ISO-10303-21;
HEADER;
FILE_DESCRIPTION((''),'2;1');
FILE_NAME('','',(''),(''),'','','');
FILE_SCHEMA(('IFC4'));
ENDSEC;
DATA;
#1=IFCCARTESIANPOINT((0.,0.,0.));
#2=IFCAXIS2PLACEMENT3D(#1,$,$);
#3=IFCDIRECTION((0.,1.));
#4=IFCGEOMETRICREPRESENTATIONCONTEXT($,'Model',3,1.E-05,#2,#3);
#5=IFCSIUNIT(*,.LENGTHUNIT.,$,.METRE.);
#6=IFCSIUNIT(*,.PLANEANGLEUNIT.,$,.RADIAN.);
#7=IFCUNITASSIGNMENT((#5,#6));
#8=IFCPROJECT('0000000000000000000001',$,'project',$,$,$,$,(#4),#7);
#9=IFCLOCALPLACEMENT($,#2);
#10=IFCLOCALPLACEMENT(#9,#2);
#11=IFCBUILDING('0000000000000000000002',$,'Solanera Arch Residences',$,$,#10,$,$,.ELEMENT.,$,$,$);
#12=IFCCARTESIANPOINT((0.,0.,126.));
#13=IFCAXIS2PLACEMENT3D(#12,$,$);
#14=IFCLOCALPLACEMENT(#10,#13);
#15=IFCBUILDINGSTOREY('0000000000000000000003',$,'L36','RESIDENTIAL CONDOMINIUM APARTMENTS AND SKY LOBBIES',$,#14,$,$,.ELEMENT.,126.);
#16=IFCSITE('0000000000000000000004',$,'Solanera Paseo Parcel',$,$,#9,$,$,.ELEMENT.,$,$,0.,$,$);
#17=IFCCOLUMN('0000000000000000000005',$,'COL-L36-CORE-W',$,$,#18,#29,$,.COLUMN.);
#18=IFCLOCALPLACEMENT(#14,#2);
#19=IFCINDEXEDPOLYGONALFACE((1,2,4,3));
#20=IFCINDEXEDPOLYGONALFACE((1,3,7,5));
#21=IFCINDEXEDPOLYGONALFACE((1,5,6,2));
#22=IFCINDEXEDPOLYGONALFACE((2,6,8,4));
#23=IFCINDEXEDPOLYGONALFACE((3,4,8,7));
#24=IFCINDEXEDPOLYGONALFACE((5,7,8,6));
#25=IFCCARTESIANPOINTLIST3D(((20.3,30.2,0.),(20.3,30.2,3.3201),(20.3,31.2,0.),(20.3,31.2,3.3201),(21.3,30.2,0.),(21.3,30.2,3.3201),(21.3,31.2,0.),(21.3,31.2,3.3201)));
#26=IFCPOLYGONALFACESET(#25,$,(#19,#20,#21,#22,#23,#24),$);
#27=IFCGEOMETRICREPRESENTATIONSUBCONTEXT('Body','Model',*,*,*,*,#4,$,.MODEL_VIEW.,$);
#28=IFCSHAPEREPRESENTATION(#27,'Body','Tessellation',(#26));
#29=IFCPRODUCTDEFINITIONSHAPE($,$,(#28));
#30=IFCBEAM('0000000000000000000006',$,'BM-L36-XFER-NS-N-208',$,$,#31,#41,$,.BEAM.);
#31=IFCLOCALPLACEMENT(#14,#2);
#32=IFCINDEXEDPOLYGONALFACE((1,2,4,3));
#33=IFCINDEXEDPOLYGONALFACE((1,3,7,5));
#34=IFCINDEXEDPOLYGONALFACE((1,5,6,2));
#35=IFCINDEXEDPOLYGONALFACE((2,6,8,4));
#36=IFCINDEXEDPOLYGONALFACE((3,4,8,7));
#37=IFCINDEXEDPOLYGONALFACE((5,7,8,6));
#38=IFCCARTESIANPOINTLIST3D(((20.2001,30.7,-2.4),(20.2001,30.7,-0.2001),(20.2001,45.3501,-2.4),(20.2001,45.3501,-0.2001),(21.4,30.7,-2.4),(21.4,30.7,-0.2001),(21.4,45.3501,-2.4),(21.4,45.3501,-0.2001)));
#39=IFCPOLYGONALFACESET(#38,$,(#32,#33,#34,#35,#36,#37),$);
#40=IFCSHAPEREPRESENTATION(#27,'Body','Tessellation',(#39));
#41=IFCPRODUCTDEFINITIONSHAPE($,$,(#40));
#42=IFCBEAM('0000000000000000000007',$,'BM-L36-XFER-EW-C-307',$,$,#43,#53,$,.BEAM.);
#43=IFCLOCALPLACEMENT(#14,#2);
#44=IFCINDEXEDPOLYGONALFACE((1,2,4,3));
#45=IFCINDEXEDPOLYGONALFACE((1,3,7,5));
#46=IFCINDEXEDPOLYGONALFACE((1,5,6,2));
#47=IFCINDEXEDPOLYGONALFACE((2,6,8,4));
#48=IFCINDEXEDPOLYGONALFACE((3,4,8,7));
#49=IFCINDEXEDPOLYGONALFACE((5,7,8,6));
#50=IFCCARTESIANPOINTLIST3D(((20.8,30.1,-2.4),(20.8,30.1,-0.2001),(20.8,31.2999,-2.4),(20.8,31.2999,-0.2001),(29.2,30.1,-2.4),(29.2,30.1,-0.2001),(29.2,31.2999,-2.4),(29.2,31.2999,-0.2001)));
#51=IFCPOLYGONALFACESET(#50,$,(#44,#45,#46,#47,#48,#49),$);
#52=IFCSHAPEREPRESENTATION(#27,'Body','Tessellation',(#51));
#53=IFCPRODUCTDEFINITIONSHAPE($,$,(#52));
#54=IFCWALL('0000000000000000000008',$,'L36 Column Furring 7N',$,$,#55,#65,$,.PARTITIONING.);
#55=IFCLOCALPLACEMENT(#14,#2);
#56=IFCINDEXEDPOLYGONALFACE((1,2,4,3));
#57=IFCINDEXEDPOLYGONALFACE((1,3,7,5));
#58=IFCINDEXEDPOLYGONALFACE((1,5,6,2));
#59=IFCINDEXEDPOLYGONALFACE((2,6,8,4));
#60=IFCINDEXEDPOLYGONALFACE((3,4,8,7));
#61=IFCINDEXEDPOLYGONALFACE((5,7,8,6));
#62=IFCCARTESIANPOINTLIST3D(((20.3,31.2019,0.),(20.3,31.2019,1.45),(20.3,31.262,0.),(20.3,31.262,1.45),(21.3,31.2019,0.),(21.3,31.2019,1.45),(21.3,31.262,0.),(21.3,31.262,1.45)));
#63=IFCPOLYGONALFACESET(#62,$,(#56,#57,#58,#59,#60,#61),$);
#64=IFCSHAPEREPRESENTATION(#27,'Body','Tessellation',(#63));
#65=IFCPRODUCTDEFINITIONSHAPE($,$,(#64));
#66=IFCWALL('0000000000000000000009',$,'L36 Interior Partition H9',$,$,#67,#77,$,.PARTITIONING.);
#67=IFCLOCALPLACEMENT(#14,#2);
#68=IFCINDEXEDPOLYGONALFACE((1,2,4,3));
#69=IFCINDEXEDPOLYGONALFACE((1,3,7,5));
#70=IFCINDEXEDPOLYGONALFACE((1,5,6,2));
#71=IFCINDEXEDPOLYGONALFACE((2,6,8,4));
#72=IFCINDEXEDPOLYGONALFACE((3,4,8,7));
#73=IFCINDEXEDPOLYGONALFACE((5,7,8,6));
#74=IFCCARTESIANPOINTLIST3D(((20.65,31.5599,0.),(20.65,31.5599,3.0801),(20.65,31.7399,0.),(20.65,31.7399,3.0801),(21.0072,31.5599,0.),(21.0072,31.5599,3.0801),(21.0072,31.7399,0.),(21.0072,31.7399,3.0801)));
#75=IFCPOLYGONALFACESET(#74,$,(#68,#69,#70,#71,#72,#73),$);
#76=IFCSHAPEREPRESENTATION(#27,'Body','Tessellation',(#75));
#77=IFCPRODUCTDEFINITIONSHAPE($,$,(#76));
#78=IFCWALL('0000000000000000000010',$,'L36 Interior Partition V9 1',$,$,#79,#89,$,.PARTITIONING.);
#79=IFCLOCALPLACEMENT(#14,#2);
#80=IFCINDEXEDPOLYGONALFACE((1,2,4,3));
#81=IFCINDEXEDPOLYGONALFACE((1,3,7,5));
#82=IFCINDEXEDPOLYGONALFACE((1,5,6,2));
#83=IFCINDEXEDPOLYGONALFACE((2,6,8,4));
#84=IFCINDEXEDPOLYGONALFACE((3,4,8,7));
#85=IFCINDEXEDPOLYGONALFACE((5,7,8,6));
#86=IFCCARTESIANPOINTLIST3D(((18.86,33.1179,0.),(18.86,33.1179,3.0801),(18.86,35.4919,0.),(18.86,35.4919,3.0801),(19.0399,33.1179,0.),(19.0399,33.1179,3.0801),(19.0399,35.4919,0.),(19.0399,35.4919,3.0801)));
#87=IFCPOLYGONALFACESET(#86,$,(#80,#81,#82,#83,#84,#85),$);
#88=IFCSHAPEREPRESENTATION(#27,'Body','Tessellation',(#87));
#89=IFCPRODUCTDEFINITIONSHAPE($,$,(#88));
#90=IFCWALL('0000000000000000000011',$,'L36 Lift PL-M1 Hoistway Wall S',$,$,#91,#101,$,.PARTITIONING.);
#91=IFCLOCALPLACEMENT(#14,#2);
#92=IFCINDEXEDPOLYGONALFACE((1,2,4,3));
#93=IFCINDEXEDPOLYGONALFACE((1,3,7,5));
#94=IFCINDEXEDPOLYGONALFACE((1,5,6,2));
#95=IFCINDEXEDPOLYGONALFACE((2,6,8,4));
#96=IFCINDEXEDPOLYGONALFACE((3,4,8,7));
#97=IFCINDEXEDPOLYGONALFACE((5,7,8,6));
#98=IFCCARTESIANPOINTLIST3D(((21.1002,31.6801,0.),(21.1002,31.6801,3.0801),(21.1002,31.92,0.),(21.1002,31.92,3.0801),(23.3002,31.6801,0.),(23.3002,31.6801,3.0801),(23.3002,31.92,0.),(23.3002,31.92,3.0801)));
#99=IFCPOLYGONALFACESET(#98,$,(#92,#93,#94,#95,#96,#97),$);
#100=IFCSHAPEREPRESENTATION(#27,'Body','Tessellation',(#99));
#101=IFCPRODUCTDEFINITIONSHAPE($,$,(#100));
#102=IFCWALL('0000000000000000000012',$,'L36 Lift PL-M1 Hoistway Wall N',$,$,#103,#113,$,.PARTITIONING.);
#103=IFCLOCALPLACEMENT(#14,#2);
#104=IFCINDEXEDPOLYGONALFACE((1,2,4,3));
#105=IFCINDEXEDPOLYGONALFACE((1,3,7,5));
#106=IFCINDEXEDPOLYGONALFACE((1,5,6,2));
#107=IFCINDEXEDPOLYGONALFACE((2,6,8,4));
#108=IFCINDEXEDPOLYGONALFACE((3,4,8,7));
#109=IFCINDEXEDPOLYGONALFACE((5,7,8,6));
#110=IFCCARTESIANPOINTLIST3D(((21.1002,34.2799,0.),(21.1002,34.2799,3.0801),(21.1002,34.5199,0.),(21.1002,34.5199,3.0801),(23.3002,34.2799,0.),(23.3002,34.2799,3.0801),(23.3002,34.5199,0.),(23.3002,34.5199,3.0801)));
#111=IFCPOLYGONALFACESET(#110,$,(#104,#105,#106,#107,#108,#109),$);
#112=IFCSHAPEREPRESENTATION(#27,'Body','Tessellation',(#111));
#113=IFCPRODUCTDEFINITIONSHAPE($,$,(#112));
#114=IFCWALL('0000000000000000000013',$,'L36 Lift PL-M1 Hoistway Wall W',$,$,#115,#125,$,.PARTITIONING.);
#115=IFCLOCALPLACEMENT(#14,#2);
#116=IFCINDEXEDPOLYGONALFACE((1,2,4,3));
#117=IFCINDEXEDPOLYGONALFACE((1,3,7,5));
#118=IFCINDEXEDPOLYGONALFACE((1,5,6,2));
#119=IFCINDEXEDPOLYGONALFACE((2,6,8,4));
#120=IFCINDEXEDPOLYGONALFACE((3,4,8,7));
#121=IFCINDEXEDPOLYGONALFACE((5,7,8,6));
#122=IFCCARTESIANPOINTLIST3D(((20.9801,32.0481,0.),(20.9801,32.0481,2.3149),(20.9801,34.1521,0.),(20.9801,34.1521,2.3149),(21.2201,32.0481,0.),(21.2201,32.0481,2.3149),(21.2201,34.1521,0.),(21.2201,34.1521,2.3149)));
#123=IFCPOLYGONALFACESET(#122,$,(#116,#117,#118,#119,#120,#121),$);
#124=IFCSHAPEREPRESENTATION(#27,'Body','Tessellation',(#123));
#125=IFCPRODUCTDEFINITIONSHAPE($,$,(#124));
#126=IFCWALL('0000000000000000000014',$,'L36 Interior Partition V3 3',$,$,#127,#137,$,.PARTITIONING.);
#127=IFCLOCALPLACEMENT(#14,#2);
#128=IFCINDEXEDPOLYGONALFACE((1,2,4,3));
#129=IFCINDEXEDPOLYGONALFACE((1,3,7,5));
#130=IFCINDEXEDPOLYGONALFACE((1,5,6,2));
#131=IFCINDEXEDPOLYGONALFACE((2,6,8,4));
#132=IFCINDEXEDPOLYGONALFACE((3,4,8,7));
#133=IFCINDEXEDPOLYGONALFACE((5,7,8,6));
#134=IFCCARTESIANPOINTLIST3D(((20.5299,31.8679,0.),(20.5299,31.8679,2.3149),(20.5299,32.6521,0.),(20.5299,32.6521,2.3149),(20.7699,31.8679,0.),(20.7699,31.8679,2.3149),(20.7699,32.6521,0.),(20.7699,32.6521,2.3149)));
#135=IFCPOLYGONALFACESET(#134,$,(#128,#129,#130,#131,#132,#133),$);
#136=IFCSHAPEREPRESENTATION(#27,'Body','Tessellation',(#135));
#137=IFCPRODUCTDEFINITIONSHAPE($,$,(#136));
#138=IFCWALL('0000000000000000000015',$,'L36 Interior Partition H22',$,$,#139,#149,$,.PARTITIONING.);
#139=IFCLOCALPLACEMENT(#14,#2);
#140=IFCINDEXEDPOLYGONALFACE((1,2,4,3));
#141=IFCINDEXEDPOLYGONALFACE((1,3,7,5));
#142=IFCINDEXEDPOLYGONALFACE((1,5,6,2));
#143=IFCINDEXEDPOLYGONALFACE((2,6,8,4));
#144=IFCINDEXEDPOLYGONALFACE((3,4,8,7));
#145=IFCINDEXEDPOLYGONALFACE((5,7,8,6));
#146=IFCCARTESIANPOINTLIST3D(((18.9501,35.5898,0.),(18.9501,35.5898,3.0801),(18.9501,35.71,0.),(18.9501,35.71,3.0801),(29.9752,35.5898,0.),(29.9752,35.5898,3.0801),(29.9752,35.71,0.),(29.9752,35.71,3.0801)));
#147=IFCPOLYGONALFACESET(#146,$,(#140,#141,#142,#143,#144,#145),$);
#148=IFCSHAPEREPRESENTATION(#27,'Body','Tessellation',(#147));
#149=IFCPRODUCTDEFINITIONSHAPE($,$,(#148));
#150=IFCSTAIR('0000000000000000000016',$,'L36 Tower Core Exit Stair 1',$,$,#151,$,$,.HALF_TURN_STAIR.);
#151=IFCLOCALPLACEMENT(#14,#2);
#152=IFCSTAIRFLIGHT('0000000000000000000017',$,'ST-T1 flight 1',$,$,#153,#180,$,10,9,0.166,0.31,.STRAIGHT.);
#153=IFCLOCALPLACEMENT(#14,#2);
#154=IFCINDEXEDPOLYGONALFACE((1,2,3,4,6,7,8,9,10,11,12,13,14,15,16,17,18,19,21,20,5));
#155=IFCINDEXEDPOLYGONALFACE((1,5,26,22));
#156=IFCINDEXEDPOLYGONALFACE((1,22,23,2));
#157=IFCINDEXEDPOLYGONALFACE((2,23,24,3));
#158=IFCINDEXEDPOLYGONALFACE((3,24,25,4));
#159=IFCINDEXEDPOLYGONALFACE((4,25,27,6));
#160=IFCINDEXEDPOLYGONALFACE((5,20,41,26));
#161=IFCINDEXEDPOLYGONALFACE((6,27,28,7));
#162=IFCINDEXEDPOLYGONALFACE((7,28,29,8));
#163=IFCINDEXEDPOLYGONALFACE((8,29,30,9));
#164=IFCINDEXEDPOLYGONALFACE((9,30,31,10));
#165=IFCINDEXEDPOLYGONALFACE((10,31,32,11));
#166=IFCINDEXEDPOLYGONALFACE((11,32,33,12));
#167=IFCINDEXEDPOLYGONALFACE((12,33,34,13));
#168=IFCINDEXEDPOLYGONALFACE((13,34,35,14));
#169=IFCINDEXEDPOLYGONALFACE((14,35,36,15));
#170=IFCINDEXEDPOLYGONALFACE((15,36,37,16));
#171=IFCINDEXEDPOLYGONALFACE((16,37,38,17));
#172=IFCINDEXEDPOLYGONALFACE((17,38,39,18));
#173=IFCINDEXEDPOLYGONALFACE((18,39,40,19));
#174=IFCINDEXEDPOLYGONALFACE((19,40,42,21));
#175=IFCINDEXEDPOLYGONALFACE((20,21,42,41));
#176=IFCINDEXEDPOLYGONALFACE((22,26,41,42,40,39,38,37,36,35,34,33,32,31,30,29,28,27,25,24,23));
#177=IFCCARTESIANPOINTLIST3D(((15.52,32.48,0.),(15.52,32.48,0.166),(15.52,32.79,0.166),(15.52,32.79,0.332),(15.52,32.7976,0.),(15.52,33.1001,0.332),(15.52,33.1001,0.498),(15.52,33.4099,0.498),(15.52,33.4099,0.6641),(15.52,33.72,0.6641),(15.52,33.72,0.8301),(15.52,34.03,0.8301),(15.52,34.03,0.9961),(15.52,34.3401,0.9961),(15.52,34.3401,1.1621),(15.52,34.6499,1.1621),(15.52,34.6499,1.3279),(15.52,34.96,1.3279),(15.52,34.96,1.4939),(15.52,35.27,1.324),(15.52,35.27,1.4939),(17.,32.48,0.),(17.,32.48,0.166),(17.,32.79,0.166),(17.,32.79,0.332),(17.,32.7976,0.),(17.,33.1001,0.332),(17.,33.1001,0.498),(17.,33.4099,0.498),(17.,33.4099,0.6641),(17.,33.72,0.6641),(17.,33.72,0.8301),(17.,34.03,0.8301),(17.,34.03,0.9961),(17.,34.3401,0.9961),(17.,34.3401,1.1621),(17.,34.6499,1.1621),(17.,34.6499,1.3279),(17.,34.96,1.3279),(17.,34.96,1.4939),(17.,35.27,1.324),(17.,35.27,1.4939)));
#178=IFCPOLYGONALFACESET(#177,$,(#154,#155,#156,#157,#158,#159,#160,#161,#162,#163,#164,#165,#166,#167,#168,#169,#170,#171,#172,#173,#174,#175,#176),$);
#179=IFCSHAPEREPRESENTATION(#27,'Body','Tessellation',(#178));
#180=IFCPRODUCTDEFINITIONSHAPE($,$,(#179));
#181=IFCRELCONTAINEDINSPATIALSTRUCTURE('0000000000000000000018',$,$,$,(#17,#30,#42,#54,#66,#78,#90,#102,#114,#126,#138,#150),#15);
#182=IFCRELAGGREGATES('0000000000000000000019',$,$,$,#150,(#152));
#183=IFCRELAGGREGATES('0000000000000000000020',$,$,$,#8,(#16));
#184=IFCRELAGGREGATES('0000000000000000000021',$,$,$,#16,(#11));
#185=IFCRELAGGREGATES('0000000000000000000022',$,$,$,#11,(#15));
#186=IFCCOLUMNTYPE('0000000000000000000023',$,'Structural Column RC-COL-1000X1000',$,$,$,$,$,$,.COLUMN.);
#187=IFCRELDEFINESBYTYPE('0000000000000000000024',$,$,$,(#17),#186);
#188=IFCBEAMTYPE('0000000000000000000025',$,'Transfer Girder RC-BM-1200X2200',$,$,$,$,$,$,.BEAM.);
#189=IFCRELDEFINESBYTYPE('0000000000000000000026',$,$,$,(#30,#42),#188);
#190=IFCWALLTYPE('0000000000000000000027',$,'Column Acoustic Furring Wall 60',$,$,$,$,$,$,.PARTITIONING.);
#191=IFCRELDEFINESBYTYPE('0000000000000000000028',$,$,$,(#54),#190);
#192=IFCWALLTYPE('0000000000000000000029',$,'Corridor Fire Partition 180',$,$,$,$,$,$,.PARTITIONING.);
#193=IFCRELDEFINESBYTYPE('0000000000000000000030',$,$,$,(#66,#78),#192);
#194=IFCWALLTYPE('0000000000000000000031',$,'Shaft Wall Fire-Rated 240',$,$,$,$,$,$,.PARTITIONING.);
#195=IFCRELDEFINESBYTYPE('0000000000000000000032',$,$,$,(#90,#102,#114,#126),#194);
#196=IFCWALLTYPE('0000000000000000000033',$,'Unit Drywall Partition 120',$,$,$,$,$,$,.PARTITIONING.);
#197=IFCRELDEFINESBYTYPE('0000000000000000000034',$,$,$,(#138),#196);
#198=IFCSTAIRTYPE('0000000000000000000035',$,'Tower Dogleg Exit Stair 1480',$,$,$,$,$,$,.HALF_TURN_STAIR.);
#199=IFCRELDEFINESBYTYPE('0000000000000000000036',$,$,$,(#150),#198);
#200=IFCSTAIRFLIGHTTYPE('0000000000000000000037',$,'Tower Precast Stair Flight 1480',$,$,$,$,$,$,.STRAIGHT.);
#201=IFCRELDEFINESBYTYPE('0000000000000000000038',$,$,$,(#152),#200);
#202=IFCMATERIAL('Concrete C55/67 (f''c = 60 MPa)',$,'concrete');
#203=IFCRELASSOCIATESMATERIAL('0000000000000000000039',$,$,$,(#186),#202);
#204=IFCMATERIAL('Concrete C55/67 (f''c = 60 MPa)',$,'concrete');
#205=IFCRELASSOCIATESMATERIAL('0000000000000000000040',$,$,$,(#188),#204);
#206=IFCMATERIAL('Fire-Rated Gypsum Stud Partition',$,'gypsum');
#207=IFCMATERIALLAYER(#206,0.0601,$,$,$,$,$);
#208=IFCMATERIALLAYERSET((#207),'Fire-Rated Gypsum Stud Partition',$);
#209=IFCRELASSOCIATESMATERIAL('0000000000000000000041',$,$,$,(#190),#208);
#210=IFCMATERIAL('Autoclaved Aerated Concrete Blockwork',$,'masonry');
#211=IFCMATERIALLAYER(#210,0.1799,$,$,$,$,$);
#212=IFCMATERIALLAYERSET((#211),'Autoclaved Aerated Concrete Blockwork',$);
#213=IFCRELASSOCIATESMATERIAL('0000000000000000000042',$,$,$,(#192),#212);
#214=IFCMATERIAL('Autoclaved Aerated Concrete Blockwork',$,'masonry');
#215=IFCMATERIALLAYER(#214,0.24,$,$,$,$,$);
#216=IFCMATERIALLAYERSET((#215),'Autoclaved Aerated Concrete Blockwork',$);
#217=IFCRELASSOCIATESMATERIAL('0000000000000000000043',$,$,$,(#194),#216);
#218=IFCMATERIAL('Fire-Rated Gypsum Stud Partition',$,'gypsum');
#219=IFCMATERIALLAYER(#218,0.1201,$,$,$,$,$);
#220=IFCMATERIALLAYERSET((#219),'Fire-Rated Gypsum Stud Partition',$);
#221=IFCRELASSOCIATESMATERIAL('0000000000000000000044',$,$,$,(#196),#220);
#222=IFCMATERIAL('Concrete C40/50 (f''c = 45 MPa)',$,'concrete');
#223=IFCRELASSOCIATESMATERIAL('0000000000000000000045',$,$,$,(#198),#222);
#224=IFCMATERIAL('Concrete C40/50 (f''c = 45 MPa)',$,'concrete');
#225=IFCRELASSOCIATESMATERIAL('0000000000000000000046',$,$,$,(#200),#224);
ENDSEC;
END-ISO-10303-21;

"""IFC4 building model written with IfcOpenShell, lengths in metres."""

from ifc_helpers import new_model, si_unit, direction, frame, frame_2d, origin, origin_2d, place, context, subcontext, project, spatial, polyline, rectangle, outline, extrude, material, layer, layer_set, material_profile, profile_set, type_object, element, aggregate, save


model = new_model("IFC4")

# Units and contexts
model_context = context("Model", 3, precision=1e-05, world=origin(), true_north=direction((0.0, 1.0)))
body_context = subcontext(model_context, "Body", "Model", "MODEL_VIEW")
ifc_project = project(units=[si_unit("LENGTHUNIT", "METRE"), si_unit("PLANEANGLEUNIT", "RADIAN")], contexts=[model_context])

# Site, building, storey
site_placement = place(None, origin())
site = spatial("IfcSite", under=ifc_project, at=site_placement, Name="Solanera Paseo Parcel", CompositionType="ELEMENT", RefElevation=0.0)
building_placement = place(site_placement, origin())
building = spatial("IfcBuilding", under=site, at=building_placement, Name="Solanera Arch Residences", CompositionType="ELEMENT")
storey_placement = place(building_placement, frame((0.0, 0.0, 126.0)))
storey = spatial("IfcBuildingStorey", under=building, at=storey_placement, Name="L36", Description="RESIDENTIAL CONDOMINIUM APARTMENTS AND SKY LOBBIES", CompositionType="ELEMENT", Elevation=126.0)

# Column
ifc_material_1 = material(Name="Concrete C55/67 (f'c = 60 MPa)", Category="concrete")
ifc_material_profile_1 = material_profile(ifc_material_1, rectangle(XDim=1.0, YDim=1.0, at=origin_2d()))
ifc_profile_set_1 = profile_set([ifc_material_profile_1], Name="Concrete C55/67 (f'c = 60 MPa)")
column_type = type_object("IfcColumnType", Name="Structural Column RC-COL-1000X1000", PredefinedType="COLUMN", material=ifc_profile_set_1)
column_placement = place(storey_placement, frame((20.8, 30.7, 0.0), z_axis=(0.0, 0.0, 1.0), x_axis=(1.0, 0.0, 0.0)))
element("IfcColumn", 1, at=column_placement, inside=storey, type_object=column_type, Name="COL-L36-CORE-W", PredefinedType="COLUMN", context=body_context, shape_type="SweptSolid", body=[
    extrude(rectangle(XDim=1.0, YDim=1.0, at=origin_2d()), origin(), (0.0, 0.0, 1.0), 3.3201),
])

# Beams
ifc_material_2 = material(Name="Concrete C55/67 (f'c = 60 MPa)", Category="concrete")
ifc_material_profile_2 = material_profile(ifc_material_2, rectangle(XDim=1.2, YDim=2.2, at=origin_2d()))
ifc_profile_set_2 = profile_set([ifc_material_profile_2], Name="Concrete C55/67 (f'c = 60 MPa)")
beam_type = type_object("IfcBeamType", Name="Transfer Girder RC-BM-1200X2200", PredefinedType="BEAM", material=ifc_profile_set_2)
beam_1_placement = place(storey_placement, frame((20.8, 30.7, -1.3), z_axis=(0.0, 1.0, 0.0), x_axis=(-1.0, 0.0, 0.0)))
element("IfcBeam", 2, at=beam_1_placement, inside=storey, type_object=beam_type, Name="BM-L36-XFER-NS-N-208", PredefinedType="BEAM", context=body_context, shape_type="SweptSolid", body=[
    extrude(rectangle(XDim=1.2, YDim=2.2, at=origin_2d()), origin(), (0.0, 0.0, 1.0), 14.6501),
])
beam_2_placement = place(storey_placement, frame((20.8, 30.7, -1.3), z_axis=(1.0, 0.0, 0.0), x_axis=(0.0, 1.0, 0.0)))
element("IfcBeam", 3, at=beam_2_placement, inside=storey, type_object=beam_type, Name="BM-L36-XFER-EW-C-307", PredefinedType="BEAM", context=body_context, shape_type="SweptSolid", body=[
    extrude(rectangle(XDim=1.2, YDim=2.2, at=origin_2d()), origin(), (0.0, 0.0, 1.0), 8.3999),
])

# Wall
ifc_material_3 = material(Name="Fire-Rated Gypsum Stud Partition", Category="gypsum")
ifc_layer_1 = layer(ifc_material_3, 0.0601)
ifc_layer_set_1 = layer_set([ifc_layer_1], Name="Fire-Rated Gypsum Stud Partition")
wall_type_1 = type_object("IfcWallType", Name="Column Acoustic Furring Wall 60", PredefinedType="PARTITIONING", material=ifc_layer_set_1)
wall_1_placement = place(storey_placement, frame((20.3, 31.2319, 0.0), z_axis=(0.0, 0.0, 1.0), x_axis=(1.0, 0.0, 0.0)))
element("IfcWall", 4, at=wall_1_placement, inside=storey, type_object=wall_type_1, Name="L36 Column Furring 7N", PredefinedType="PARTITIONING", context=body_context, shape_type="SweptSolid", body=[
    extrude(rectangle(XDim=1.0, YDim=0.0601, at=frame_2d((0.5, 0.0))), origin(), (0.0, 0.0, 1.0), 1.45),
])

# Walls
ifc_material_4 = material(Name="Autoclaved Aerated Concrete Blockwork", Category="masonry")
ifc_layer_2 = layer(ifc_material_4, 0.1799)
ifc_layer_set_2 = layer_set([ifc_layer_2], Name="Autoclaved Aerated Concrete Blockwork")
wall_type_2 = type_object("IfcWallType", Name="Corridor Fire Partition 180", PredefinedType="PARTITIONING", material=ifc_layer_set_2)
wall_2_placement = place(storey_placement, frame((20.6499, 31.6499, 0.0), z_axis=(0.0, 0.0, 1.0), x_axis=(1.0, 0.0, 0.0)))
element("IfcWall", 5, at=wall_2_placement, inside=storey, type_object=wall_type_2, Name="L36 Interior Partition H9", PredefinedType="PARTITIONING", context=body_context, shape_type="SweptSolid", body=[
    extrude(rectangle(XDim=0.3572, YDim=0.1799, at=frame_2d((0.1787, 0.0))), origin(), (0.0, 0.0, 1.0), 3.0801),
])
wall_3_placement = place(storey_placement, frame((18.95, 33.1179, 0.0), z_axis=(0.0, 0.0, 1.0), x_axis=(0.0, 1.0, 0.0)))
element("IfcWall", 6, at=wall_3_placement, inside=storey, type_object=wall_type_2, Name="L36 Interior Partition V9 1", PredefinedType="PARTITIONING", context=body_context, shape_type="SweptSolid", body=[
    extrude(rectangle(XDim=2.374, YDim=0.1799, at=frame_2d((1.187, 0.0))), origin(), (0.0, 0.0, 1.0), 3.0801),
])
ifc_material_5 = material(Name="Autoclaved Aerated Concrete Blockwork", Category="masonry")
ifc_layer_3 = layer(ifc_material_5, 0.24)
ifc_layer_set_3 = layer_set([ifc_layer_3], Name="Autoclaved Aerated Concrete Blockwork")
wall_type_3 = type_object("IfcWallType", Name="Shaft Wall Fire-Rated 240", PredefinedType="PARTITIONING", material=ifc_layer_set_3)
for number, where, z_axis, x_axis, name in (
    (7, (21.1001, 31.8, 0.0), (0.0, 0.0, 1.0), (1.0, 0.0, 0.0), "L36 Lift PL-M1 Hoistway Wall S"),
    (8, (21.1001, 34.3999, 0.0), (0.0, 0.0, 1.0), (1.0, 0.0, 0.0), "L36 Lift PL-M1 Hoistway Wall N"),
):
    element("IfcWall", number, at=place(storey_placement, frame(where, z_axis=z_axis, x_axis=x_axis)), inside=storey, type_object=wall_type_3, Name=name, PredefinedType="PARTITIONING", context=body_context, shape_type="SweptSolid", body=[
        extrude(rectangle(XDim=2.2, YDim=0.24, at=frame_2d((1.1001, 0.0))), origin(), (0.0, 0.0, 1.0), 3.0801),
    ])
wall_4_placement = place(storey_placement, frame((21.1001, 32.0481, 0.0), z_axis=(0.0, 0.0, 1.0), x_axis=(0.0, 1.0, 0.0)))
element("IfcWall", 9, at=wall_4_placement, inside=storey, type_object=wall_type_3, Name="L36 Lift PL-M1 Hoistway Wall W", PredefinedType="PARTITIONING", context=body_context, shape_type="SweptSolid", body=[
    extrude(rectangle(XDim=2.104, YDim=0.24, at=frame_2d((1.052, 0.0))), origin(), (0.0, 0.0, 1.0), 2.3149),
])

# Walls
wall_5_placement = place(storey_placement, frame((20.6499, 31.8679, 0.0), z_axis=(0.0, 0.0, 1.0), x_axis=(0.0, 1.0, 0.0)))
element("IfcWall", 10, at=wall_5_placement, inside=storey, type_object=wall_type_3, Name="L36 Interior Partition V3 3", PredefinedType="PARTITIONING", context=body_context, shape_type="SweptSolid", body=[
    extrude(rectangle(XDim=0.7842, YDim=0.24, at=frame_2d((0.3921, 0.0))), origin(), (0.0, 0.0, 1.0), 2.3149),
])
ifc_material_6 = material(Name="Fire-Rated Gypsum Stud Partition", Category="gypsum")
ifc_layer_4 = layer(ifc_material_6, 0.1201)
ifc_layer_set_4 = layer_set([ifc_layer_4], Name="Fire-Rated Gypsum Stud Partition")
wall_type_4 = type_object("IfcWallType", Name="Unit Drywall Partition 120", PredefinedType="PARTITIONING", material=ifc_layer_set_4)
wall_6_placement = place(storey_placement, frame((18.95, 35.6499, 0.0), z_axis=(0.0, 0.0, 1.0), x_axis=(1.0, 0.0, 0.0)))
element("IfcWall", 11, at=wall_6_placement, inside=storey, type_object=wall_type_4, Name="L36 Interior Partition H22", PredefinedType="PARTITIONING", context=body_context, shape_type="SweptSolid", body=[
    extrude(rectangle(XDim=11.0251, YDim=0.1201, at=frame_2d((5.5127, 0.0))), origin(), (0.0, 0.0, 1.0), 3.0801),
])

# Stair, stair flight
ifc_material_7 = material(Name="Concrete C40/50 (f'c = 45 MPa)", Category="concrete")
stair_type = type_object("IfcStairType", Name="Tower Dogleg Exit Stair 1480", PredefinedType="HALF_TURN_STAIR", material=ifc_material_7)
stair_placement = place(storey_placement, origin())
stair = element("IfcStair", 12, at=stair_placement, inside=storey, type_object=stair_type, Name="L36 Tower Core Exit Stair 1", PredefinedType="HALF_TURN_STAIR")
ifc_material_8 = material(Name="Concrete C40/50 (f'c = 45 MPa)", Category="concrete")
stair_flight_type = type_object("IfcStairFlightType", Name="Tower Precast Stair Flight 1480", PredefinedType="STRAIGHT", material=ifc_material_8)
stair_flight_placement = place(storey_placement, frame((16.26, 32.48, 0.0), z_axis=(0.0, 0.0, 1.0), x_axis=(0.0, 1.0, 0.0)))
stair_flight = element("IfcStairFlight", 13, at=stair_flight_placement, type_object=stair_flight_type, Name="ST-T1 flight 1", NumberOfRisers=10, NumberOfTreads=9, PredefinedType="STRAIGHT", RiserHeight=0.166, TreadLength=0.31, context=body_context, shape_type="SweptSolid", body=[
    extrude(outline(polyline([(0.0, 0.0), (0.0, 0.166), (0.3101, 0.166), (0.3101, 0.332), (0.6201, 0.332), (0.6201, 0.498), (0.9299, 0.498), (0.9299, 0.6641), (1.24, 0.6641), (1.24, 0.8301), (1.55, 0.8301), (1.55, 0.9961), (1.8601, 0.9961), (1.8601, 1.1621), (2.1699, 1.1621), (2.1699, 1.3279), (2.48, 1.3279), (2.48, 1.4939), (2.79, 1.4939), (2.79, 1.6599), (2.79, 1.324), (0.3176, 0.0), (0.0, 0.0)])), frame((0.0, 0.74, 0.0), z_axis=(0.0, -1.0, 0.0), x_axis=(1.0, 0.0, 0.0)), (0.0, 0.0, 1.0), 1.48),
])
aggregate(stair, [stair_flight])

save(model, "model.ifc")
